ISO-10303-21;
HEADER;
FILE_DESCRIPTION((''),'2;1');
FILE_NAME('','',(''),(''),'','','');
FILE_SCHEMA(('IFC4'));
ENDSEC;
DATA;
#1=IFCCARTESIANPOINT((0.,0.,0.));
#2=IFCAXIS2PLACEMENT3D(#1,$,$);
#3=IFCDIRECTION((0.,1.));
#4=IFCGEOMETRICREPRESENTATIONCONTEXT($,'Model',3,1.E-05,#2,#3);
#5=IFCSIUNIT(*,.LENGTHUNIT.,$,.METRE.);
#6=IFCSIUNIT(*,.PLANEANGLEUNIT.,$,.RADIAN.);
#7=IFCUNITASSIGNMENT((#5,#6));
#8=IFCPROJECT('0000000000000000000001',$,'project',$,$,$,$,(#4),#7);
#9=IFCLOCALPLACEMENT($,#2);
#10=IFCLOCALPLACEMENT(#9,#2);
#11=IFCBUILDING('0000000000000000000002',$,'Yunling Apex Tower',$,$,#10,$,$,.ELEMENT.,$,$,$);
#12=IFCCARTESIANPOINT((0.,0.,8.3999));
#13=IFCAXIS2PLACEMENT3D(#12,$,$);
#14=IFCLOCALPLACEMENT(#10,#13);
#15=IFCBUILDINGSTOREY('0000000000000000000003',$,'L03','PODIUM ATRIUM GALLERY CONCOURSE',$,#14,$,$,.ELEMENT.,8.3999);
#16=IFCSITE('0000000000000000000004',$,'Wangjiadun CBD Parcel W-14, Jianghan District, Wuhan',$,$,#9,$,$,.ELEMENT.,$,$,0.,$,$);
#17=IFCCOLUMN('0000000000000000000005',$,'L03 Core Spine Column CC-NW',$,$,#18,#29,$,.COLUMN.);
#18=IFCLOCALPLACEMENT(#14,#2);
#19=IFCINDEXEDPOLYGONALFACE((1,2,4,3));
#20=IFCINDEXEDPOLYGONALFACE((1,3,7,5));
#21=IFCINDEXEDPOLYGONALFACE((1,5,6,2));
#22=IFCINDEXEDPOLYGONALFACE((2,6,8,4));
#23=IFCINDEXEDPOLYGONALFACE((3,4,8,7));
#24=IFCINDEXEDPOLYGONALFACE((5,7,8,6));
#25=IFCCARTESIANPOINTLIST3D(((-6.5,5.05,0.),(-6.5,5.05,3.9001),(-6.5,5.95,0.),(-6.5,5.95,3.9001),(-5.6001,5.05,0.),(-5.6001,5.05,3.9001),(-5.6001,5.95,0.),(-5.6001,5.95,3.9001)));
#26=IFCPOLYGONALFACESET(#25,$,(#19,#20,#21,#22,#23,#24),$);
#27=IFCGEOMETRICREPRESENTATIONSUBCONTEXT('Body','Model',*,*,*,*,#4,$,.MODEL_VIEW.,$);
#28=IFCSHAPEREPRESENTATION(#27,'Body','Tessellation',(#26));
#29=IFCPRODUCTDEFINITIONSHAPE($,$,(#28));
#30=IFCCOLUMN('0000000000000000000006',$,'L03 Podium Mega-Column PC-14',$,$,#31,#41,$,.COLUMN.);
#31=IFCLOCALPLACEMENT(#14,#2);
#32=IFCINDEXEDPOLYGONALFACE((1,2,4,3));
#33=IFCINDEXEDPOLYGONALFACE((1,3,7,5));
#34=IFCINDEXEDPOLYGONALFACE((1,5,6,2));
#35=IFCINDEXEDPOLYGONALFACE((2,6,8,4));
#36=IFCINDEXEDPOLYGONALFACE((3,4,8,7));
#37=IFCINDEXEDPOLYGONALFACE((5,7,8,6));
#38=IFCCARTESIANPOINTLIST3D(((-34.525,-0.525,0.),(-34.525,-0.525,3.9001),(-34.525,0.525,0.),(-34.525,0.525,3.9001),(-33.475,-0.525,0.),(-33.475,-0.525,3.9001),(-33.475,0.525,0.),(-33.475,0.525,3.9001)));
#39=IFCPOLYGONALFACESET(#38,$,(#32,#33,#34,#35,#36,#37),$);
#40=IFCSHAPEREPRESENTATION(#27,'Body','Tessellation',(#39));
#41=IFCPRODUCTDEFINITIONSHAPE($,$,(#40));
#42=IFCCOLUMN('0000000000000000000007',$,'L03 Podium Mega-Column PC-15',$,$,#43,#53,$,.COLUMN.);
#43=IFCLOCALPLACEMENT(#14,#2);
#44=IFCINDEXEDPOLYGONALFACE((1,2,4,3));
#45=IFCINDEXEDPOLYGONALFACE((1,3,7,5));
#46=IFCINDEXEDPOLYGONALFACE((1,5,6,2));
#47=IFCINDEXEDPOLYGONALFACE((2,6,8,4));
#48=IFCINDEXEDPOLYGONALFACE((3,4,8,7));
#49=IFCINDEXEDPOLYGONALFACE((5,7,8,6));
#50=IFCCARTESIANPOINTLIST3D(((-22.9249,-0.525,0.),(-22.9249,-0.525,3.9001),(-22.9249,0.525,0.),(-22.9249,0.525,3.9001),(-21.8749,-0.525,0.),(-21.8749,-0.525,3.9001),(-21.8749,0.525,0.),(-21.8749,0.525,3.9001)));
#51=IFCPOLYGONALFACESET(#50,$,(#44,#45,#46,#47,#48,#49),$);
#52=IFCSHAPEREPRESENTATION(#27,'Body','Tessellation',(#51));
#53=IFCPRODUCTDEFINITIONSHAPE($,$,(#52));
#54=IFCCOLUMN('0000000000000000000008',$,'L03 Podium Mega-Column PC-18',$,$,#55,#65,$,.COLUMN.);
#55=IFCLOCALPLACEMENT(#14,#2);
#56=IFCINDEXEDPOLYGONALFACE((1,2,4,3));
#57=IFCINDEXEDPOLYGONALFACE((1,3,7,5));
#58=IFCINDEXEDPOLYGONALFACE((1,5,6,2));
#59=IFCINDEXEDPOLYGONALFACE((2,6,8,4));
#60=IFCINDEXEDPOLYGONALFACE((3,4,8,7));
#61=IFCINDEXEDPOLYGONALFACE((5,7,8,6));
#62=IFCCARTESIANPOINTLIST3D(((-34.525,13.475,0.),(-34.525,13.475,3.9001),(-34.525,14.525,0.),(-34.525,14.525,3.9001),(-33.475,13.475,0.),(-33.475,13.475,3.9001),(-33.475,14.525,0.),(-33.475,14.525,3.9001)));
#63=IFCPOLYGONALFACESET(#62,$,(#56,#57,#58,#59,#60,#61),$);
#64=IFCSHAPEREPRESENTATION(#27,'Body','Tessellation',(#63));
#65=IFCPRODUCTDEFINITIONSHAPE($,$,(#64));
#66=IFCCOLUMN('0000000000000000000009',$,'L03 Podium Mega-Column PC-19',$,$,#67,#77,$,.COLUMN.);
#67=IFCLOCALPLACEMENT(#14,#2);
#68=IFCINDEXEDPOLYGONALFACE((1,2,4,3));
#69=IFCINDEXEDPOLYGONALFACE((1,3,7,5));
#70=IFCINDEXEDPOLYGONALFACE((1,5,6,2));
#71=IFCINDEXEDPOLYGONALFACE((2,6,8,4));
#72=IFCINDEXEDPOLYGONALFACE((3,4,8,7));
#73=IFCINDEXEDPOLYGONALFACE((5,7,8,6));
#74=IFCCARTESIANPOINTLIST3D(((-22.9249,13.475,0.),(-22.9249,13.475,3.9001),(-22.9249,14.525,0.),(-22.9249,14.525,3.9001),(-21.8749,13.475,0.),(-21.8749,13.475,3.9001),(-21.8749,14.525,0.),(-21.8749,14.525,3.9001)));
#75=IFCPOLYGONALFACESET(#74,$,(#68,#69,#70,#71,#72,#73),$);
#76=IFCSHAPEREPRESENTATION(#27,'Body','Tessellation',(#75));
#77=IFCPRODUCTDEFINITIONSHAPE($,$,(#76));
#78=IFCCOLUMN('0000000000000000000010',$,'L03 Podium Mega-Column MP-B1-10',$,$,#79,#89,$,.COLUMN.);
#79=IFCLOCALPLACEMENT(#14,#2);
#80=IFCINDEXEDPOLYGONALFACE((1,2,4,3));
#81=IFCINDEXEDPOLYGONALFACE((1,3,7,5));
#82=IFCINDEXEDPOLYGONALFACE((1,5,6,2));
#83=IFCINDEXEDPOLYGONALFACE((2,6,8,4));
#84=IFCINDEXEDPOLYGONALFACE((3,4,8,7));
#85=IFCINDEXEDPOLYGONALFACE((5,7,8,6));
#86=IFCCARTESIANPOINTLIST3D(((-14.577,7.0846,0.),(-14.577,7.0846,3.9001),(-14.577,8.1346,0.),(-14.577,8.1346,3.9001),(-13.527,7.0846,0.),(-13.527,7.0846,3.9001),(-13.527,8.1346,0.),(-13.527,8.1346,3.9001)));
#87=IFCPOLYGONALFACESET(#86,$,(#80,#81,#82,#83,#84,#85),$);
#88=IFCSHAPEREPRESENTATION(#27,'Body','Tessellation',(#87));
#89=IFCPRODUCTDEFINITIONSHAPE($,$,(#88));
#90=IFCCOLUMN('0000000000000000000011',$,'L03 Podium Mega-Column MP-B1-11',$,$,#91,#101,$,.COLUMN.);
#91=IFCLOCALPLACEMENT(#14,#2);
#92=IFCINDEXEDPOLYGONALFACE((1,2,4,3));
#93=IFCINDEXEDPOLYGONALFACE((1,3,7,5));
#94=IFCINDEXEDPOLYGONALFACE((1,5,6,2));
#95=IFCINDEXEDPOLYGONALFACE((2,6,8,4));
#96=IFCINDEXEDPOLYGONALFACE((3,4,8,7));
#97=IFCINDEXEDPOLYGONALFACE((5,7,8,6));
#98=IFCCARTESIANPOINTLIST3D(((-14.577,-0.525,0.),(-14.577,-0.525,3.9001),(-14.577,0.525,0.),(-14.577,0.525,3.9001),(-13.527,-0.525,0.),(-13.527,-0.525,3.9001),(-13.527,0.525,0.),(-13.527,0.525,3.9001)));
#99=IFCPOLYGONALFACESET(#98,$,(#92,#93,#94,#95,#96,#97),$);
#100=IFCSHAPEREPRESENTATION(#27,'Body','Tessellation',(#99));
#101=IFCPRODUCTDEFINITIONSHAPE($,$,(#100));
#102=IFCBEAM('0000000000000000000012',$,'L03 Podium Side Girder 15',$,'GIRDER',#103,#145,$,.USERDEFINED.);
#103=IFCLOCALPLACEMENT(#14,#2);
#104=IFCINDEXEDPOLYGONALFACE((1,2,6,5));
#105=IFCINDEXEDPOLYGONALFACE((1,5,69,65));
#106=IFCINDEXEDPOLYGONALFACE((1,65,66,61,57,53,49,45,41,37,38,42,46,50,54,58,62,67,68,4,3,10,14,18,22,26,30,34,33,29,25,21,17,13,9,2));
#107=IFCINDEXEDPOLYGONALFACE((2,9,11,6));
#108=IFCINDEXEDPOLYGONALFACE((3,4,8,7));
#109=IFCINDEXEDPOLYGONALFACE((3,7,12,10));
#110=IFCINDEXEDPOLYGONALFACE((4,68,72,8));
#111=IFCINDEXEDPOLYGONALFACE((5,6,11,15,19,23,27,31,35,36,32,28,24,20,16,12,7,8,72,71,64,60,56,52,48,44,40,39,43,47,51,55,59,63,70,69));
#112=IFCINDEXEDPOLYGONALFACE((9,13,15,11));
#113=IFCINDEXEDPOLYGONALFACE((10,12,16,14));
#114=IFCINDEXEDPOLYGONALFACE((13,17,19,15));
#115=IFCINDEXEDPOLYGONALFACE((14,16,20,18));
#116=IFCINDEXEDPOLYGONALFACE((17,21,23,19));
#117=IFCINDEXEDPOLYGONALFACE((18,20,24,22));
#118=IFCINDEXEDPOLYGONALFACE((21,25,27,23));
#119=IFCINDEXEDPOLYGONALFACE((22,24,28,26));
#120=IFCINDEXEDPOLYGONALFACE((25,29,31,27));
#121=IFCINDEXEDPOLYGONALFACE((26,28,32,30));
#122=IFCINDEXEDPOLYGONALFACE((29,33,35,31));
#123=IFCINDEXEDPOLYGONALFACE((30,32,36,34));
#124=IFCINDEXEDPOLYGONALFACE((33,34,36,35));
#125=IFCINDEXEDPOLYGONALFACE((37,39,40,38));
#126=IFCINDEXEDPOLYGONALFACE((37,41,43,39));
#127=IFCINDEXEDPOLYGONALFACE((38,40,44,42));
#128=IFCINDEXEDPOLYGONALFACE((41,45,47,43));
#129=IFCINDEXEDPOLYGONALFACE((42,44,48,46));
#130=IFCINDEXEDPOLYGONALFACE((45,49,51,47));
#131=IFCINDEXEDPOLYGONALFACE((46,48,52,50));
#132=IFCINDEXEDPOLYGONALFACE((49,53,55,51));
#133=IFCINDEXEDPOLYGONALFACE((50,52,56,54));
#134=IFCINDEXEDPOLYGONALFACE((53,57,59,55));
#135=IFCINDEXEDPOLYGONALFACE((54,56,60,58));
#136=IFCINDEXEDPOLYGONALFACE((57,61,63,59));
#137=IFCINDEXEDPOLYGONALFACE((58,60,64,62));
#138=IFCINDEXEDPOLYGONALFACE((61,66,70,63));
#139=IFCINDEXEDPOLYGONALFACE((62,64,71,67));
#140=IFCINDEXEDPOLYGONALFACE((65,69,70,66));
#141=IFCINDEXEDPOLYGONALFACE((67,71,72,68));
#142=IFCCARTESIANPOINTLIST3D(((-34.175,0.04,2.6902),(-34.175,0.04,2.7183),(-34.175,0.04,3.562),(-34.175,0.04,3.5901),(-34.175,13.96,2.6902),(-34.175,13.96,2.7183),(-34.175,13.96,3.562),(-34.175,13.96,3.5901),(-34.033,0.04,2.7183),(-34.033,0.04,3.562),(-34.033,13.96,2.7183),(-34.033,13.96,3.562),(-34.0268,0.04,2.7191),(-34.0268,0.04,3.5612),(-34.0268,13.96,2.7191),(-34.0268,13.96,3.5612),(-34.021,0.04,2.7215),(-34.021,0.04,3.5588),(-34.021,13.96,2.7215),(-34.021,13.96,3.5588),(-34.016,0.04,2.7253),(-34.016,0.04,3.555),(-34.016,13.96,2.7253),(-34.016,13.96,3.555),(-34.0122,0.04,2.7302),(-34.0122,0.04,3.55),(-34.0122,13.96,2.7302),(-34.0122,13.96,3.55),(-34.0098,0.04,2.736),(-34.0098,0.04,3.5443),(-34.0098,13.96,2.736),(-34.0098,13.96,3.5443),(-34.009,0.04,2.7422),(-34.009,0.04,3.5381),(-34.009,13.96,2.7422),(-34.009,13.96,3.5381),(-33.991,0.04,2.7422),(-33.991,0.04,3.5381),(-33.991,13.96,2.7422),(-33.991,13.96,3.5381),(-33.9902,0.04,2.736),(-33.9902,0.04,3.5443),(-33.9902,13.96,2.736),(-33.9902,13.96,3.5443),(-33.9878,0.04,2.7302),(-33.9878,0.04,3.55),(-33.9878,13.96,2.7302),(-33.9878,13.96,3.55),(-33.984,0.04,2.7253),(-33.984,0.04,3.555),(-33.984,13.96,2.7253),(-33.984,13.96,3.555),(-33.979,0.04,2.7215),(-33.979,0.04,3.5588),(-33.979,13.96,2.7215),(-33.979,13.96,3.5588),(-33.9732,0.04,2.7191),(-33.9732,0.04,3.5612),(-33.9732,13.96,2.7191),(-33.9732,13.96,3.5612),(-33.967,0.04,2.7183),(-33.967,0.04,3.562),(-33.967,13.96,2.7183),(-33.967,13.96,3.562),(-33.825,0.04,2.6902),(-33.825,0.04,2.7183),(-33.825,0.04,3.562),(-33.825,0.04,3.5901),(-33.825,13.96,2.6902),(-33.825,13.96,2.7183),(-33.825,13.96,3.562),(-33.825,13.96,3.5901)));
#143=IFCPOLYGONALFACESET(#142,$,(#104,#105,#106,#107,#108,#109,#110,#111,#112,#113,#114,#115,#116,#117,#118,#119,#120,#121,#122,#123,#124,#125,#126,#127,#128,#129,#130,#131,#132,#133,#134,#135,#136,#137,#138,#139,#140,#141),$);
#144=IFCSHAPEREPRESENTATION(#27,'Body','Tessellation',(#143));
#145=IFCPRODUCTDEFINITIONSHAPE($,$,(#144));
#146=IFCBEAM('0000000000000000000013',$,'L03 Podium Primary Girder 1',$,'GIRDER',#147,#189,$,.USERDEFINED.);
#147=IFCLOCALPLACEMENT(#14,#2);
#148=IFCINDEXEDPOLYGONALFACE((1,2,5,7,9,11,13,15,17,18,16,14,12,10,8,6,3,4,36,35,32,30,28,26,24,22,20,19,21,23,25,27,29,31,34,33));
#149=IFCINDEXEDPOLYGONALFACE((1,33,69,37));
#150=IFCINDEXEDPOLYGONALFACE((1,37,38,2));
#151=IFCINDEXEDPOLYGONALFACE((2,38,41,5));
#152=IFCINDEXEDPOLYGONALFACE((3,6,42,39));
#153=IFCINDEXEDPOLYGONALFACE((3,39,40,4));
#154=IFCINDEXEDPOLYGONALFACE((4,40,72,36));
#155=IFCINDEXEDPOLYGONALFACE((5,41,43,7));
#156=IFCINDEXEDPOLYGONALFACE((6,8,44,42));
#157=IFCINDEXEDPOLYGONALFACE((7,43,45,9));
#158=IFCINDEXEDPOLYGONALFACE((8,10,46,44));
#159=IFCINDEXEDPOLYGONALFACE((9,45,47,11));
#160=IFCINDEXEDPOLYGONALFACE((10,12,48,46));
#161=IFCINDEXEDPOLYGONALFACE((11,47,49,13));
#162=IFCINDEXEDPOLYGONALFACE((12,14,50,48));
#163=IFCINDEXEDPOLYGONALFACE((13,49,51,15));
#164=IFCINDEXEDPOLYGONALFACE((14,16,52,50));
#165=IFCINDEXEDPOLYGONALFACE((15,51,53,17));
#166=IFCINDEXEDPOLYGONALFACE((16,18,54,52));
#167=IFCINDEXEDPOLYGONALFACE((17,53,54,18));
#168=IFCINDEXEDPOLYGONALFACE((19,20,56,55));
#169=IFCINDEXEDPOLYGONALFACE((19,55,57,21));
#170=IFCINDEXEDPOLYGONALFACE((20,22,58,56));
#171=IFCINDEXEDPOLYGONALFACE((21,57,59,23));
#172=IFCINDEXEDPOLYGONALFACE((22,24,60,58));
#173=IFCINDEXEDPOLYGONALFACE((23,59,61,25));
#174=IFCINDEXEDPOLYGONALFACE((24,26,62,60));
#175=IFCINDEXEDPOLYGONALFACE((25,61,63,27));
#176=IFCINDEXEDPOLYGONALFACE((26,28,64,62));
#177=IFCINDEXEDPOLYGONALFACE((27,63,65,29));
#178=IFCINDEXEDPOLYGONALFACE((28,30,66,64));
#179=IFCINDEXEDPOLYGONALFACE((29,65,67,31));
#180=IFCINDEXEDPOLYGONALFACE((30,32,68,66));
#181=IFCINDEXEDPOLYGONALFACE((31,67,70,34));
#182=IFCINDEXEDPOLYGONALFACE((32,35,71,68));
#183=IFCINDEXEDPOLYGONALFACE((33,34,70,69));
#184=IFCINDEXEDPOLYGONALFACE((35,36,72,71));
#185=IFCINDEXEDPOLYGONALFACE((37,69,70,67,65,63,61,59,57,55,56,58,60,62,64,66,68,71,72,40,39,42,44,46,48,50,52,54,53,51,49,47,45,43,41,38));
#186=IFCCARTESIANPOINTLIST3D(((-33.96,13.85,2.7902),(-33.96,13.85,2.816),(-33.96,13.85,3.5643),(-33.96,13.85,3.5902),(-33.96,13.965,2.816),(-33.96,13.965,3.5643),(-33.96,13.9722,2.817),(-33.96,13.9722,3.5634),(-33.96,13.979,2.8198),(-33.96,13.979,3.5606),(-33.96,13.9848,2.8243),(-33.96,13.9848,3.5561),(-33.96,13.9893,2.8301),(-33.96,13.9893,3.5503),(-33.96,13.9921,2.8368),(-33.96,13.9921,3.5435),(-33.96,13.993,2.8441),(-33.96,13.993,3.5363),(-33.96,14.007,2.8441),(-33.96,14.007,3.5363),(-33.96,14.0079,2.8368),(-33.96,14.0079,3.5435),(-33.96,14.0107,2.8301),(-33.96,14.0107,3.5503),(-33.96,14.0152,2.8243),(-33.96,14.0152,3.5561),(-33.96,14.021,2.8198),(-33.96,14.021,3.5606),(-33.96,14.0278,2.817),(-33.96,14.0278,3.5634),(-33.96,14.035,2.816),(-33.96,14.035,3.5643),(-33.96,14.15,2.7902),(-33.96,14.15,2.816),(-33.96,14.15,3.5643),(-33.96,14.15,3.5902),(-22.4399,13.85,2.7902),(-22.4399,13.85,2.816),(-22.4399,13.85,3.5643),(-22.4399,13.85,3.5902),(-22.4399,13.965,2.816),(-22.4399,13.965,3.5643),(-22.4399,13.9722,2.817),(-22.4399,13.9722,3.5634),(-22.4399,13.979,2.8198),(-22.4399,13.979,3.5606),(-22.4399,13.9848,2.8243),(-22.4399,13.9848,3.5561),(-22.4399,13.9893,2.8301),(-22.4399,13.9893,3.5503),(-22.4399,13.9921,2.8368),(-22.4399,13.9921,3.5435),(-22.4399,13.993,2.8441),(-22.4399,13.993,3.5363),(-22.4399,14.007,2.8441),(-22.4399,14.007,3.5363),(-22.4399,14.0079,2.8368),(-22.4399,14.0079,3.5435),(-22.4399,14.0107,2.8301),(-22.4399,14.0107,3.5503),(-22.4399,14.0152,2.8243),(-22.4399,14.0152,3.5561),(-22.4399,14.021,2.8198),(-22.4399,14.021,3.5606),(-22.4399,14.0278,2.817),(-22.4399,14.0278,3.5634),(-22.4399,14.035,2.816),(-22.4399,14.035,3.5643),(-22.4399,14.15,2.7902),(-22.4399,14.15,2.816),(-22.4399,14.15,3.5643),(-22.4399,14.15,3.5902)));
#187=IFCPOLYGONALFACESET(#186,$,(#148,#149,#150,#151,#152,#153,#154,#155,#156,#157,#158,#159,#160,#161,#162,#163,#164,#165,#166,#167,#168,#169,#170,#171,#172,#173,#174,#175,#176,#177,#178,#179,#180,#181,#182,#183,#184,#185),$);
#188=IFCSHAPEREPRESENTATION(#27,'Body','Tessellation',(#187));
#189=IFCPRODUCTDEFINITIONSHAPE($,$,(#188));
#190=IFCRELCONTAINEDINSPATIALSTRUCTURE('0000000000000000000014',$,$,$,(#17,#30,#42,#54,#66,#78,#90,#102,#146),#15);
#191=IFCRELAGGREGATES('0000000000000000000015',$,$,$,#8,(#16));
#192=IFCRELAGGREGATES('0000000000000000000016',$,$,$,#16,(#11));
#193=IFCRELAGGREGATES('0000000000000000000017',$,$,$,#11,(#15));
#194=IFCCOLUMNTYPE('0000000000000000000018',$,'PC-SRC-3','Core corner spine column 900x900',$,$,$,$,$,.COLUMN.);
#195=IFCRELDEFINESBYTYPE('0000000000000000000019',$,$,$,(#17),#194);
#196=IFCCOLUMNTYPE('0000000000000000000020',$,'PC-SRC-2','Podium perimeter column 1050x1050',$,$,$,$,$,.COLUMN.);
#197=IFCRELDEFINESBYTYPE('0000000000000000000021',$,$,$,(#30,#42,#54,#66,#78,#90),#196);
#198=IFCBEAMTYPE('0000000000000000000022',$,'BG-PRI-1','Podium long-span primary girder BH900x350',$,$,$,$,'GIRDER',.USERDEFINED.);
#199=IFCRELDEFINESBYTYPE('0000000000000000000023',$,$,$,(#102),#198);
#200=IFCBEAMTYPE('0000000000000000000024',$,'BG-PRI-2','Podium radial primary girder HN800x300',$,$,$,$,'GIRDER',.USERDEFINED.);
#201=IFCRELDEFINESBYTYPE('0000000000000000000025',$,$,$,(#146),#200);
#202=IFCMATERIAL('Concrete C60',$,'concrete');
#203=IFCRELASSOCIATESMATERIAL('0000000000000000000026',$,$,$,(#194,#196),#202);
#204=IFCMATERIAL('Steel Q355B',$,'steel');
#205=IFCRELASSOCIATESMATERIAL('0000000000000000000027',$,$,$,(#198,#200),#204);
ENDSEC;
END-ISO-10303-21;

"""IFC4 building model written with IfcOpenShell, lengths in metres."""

from ifc_helpers import new_model, si_unit, direction, frame, origin, origin_2d, place, context, subcontext, project, spatial, rectangle, i_section, extrude, source, transform, mapped, material, material_profile, profile_set, type_object, element, save


model = new_model("IFC4")

# Units and contexts
model_context = context("Model", 3, precision=1e-05, world=origin(), true_north=direction((0.0, 1.0)))
body_context = subcontext(model_context, "Body", "Model", "MODEL_VIEW")
ifc_project = project(units=[si_unit("LENGTHUNIT", "METRE"), si_unit("PLANEANGLEUNIT", "RADIAN")], contexts=[model_context])

# Site, building, storey
site_placement = place(None, origin())
site = spatial("IfcSite", under=ifc_project, at=site_placement, Name="Wangjiadun CBD Parcel W-14, Jianghan District, Wuhan", CompositionType="ELEMENT", RefElevation=0.0)
building_placement = place(site_placement, origin())
building = spatial("IfcBuilding", under=site, at=building_placement, Name="Yunling Apex Tower", CompositionType="ELEMENT")
storey_placement = place(building_placement, frame((0.0, 0.0, 8.3999)))
storey = spatial("IfcBuildingStorey", under=building, at=storey_placement, Name="L03", Description="PODIUM ATRIUM GALLERY CONCOURSE", CompositionType="ELEMENT", Elevation=8.3999)

# Columns
ifc_material_1 = material(Name="Concrete C60", Category="concrete")
ifc_material_profile_1 = material_profile(ifc_material_1, rectangle(XDim=0.8999, YDim=0.8999, at=origin_2d()))
ifc_profile_set_1 = profile_set([ifc_material_profile_1], Name="Concrete C60")
column_type_1 = type_object("IfcColumnType", Name="PC-SRC-3", Description="Core corner spine column 900x900", PredefinedType="COLUMN", material=ifc_profile_set_1)
shared_shape_1 = source(origin(), body_context, "Body", "SweptSolid", [
    extrude(rectangle(XDim=0.8999, YDim=0.8999, at=origin_2d()), origin(), (0.0, 0.0, 1.0), 3.9001),
])
column_placement = place(storey_placement, frame((-6.05, 5.5, 0.0), z_axis=(0.0, 0.0, 1.0), x_axis=(1.0, 0.0, 0.0)))
element("IfcColumn", 1, at=column_placement, inside=storey, type_object=column_type_1, Name="L03 Core Spine Column CC-NW", PredefinedType="COLUMN", context=body_context, shape_type="MappedRepresentation", body=[
    mapped(shared_shape_1, transform((0.0, 0.0, 0.0), scale=1.0)),
])
ifc_material_profile_2 = material_profile(ifc_material_1, rectangle(XDim=1.05, YDim=1.05, at=origin_2d()))
ifc_profile_set_2 = profile_set([ifc_material_profile_2], Name="Concrete C60")
column_type_2 = type_object("IfcColumnType", Name="PC-SRC-2", Description="Podium perimeter column 1050x1050", PredefinedType="COLUMN", material=ifc_profile_set_2)
shared_shape_2 = source(origin(), body_context, "Body", "SweptSolid", [
    extrude(rectangle(XDim=1.05, YDim=1.05, at=origin_2d()), origin(), (0.0, 0.0, 1.0), 3.9001),
])
for number, where, z_axis, x_axis, name in (
    (2, (-34.0, 0.0, 0.0), (0.0, 0.0, 1.0), (1.0, 0.0, 0.0), "L03 Podium Mega-Column PC-14"),
    (3, (-22.3999, 0.0, 0.0), (0.0, 0.0, 1.0), (1.0, 0.0, 0.0), "L03 Podium Mega-Column PC-15"),
    (4, (-34.0, 14.0, 0.0), (0.0, 0.0, 1.0), (1.0, 0.0, 0.0), "L03 Podium Mega-Column PC-18"),
    (5, (-22.3999, 14.0, 0.0), (0.0, 0.0, 1.0), (1.0, 0.0, 0.0), "L03 Podium Mega-Column PC-19"),
    (6, (-14.052, 7.6096, 0.0), (0.0, 0.0, 1.0), (1.0, 0.0, 0.0), "L03 Podium Mega-Column MP-B1-10"),
    (7, (-14.052, 0.0, 0.0), (0.0, 0.0, 1.0), (1.0, 0.0, 0.0), "L03 Podium Mega-Column MP-B1-11"),
):
    element("IfcColumn", number, at=place(storey_placement, frame(where, z_axis=z_axis, x_axis=x_axis)), inside=storey, type_object=column_type_2, Name=name, PredefinedType="COLUMN", context=body_context, shape_type="MappedRepresentation", body=[
        mapped(shared_shape_2, transform((0.0, 0.0, 0.0), scale=1.0)),
    ])

# Beams
ifc_material_2 = material(Name="Steel Q355B", Category="steel")
ifc_material_profile_3 = material_profile(ifc_material_2, i_section(OverallWidth=0.3501, OverallDepth=0.8999, WebThickness=0.0181, FlangeThickness=0.0281, FilletRadius=0.0239, at=origin_2d()))
ifc_profile_set_3 = profile_set([ifc_material_profile_3], Name="Steel Q355B")
beam_type_1 = type_object("IfcBeamType", Name="BG-PRI-1", Description="Podium long-span primary girder BH900x350", ElementType="GIRDER", PredefinedType="USERDEFINED", material=ifc_profile_set_3)
shared_shape_3 = source(origin(), body_context, "Body", "SweptSolid", [
    extrude(i_section(OverallWidth=0.3501, OverallDepth=0.8999, WebThickness=0.0181, FlangeThickness=0.0281, FilletRadius=0.0239, at=origin_2d()), origin(), (0.0, 0.0, 1.0), 13.9199),
])
beam_1_placement = place(storey_placement, frame((-34.0, 0.04, 3.1401), z_axis=(0.0, 1.0, 0.0), x_axis=(-1.0, 0.0, 0.0)))
element("IfcBeam", 8, at=beam_1_placement, inside=storey, type_object=beam_type_1, Name="L03 Podium Side Girder 15", ObjectType="GIRDER", PredefinedType="USERDEFINED", context=body_context, shape_type="MappedRepresentation", body=[
    mapped(shared_shape_3, transform((0.0, 0.0, 0.0), scale=1.0)),
])
ifc_material_profile_4 = material_profile(ifc_material_2, i_section(OverallWidth=0.3, OverallDepth=0.8, WebThickness=0.0139, FlangeThickness=0.0259, FilletRadius=0.0281, at=origin_2d()))
ifc_profile_set_4 = profile_set([ifc_material_profile_4], Name="Steel Q355B")
beam_type_2 = type_object("IfcBeamType", Name="BG-PRI-2", Description="Podium radial primary girder HN800x300", ElementType="GIRDER", PredefinedType="USERDEFINED", material=ifc_profile_set_4)
shared_shape_4 = source(origin(), body_context, "Body", "SweptSolid", [
    extrude(i_section(OverallWidth=0.3, OverallDepth=0.8, WebThickness=0.0139, FlangeThickness=0.0259, FilletRadius=0.0281, at=origin_2d()), origin(), (0.0, 0.0, 1.0), 11.52),
])
for number, where, z_axis, x_axis, name in (
    (9, (-33.96, 14.0, 3.1902), (1.0, 0.0, 0.0), (0.0, 1.0, 0.0), "L03 Podium Primary Girder 1"),
):
    element("IfcBeam", number, at=place(storey_placement, frame(where, z_axis=z_axis, x_axis=x_axis)), inside=storey, type_object=beam_type_2, Name=name, ObjectType="GIRDER", PredefinedType="USERDEFINED", context=body_context, shape_type="MappedRepresentation", body=[
        mapped(shared_shape_4, transform((0.0, 0.0, 0.0), scale=1.0)),
    ])

save(model, "model.ifc")
